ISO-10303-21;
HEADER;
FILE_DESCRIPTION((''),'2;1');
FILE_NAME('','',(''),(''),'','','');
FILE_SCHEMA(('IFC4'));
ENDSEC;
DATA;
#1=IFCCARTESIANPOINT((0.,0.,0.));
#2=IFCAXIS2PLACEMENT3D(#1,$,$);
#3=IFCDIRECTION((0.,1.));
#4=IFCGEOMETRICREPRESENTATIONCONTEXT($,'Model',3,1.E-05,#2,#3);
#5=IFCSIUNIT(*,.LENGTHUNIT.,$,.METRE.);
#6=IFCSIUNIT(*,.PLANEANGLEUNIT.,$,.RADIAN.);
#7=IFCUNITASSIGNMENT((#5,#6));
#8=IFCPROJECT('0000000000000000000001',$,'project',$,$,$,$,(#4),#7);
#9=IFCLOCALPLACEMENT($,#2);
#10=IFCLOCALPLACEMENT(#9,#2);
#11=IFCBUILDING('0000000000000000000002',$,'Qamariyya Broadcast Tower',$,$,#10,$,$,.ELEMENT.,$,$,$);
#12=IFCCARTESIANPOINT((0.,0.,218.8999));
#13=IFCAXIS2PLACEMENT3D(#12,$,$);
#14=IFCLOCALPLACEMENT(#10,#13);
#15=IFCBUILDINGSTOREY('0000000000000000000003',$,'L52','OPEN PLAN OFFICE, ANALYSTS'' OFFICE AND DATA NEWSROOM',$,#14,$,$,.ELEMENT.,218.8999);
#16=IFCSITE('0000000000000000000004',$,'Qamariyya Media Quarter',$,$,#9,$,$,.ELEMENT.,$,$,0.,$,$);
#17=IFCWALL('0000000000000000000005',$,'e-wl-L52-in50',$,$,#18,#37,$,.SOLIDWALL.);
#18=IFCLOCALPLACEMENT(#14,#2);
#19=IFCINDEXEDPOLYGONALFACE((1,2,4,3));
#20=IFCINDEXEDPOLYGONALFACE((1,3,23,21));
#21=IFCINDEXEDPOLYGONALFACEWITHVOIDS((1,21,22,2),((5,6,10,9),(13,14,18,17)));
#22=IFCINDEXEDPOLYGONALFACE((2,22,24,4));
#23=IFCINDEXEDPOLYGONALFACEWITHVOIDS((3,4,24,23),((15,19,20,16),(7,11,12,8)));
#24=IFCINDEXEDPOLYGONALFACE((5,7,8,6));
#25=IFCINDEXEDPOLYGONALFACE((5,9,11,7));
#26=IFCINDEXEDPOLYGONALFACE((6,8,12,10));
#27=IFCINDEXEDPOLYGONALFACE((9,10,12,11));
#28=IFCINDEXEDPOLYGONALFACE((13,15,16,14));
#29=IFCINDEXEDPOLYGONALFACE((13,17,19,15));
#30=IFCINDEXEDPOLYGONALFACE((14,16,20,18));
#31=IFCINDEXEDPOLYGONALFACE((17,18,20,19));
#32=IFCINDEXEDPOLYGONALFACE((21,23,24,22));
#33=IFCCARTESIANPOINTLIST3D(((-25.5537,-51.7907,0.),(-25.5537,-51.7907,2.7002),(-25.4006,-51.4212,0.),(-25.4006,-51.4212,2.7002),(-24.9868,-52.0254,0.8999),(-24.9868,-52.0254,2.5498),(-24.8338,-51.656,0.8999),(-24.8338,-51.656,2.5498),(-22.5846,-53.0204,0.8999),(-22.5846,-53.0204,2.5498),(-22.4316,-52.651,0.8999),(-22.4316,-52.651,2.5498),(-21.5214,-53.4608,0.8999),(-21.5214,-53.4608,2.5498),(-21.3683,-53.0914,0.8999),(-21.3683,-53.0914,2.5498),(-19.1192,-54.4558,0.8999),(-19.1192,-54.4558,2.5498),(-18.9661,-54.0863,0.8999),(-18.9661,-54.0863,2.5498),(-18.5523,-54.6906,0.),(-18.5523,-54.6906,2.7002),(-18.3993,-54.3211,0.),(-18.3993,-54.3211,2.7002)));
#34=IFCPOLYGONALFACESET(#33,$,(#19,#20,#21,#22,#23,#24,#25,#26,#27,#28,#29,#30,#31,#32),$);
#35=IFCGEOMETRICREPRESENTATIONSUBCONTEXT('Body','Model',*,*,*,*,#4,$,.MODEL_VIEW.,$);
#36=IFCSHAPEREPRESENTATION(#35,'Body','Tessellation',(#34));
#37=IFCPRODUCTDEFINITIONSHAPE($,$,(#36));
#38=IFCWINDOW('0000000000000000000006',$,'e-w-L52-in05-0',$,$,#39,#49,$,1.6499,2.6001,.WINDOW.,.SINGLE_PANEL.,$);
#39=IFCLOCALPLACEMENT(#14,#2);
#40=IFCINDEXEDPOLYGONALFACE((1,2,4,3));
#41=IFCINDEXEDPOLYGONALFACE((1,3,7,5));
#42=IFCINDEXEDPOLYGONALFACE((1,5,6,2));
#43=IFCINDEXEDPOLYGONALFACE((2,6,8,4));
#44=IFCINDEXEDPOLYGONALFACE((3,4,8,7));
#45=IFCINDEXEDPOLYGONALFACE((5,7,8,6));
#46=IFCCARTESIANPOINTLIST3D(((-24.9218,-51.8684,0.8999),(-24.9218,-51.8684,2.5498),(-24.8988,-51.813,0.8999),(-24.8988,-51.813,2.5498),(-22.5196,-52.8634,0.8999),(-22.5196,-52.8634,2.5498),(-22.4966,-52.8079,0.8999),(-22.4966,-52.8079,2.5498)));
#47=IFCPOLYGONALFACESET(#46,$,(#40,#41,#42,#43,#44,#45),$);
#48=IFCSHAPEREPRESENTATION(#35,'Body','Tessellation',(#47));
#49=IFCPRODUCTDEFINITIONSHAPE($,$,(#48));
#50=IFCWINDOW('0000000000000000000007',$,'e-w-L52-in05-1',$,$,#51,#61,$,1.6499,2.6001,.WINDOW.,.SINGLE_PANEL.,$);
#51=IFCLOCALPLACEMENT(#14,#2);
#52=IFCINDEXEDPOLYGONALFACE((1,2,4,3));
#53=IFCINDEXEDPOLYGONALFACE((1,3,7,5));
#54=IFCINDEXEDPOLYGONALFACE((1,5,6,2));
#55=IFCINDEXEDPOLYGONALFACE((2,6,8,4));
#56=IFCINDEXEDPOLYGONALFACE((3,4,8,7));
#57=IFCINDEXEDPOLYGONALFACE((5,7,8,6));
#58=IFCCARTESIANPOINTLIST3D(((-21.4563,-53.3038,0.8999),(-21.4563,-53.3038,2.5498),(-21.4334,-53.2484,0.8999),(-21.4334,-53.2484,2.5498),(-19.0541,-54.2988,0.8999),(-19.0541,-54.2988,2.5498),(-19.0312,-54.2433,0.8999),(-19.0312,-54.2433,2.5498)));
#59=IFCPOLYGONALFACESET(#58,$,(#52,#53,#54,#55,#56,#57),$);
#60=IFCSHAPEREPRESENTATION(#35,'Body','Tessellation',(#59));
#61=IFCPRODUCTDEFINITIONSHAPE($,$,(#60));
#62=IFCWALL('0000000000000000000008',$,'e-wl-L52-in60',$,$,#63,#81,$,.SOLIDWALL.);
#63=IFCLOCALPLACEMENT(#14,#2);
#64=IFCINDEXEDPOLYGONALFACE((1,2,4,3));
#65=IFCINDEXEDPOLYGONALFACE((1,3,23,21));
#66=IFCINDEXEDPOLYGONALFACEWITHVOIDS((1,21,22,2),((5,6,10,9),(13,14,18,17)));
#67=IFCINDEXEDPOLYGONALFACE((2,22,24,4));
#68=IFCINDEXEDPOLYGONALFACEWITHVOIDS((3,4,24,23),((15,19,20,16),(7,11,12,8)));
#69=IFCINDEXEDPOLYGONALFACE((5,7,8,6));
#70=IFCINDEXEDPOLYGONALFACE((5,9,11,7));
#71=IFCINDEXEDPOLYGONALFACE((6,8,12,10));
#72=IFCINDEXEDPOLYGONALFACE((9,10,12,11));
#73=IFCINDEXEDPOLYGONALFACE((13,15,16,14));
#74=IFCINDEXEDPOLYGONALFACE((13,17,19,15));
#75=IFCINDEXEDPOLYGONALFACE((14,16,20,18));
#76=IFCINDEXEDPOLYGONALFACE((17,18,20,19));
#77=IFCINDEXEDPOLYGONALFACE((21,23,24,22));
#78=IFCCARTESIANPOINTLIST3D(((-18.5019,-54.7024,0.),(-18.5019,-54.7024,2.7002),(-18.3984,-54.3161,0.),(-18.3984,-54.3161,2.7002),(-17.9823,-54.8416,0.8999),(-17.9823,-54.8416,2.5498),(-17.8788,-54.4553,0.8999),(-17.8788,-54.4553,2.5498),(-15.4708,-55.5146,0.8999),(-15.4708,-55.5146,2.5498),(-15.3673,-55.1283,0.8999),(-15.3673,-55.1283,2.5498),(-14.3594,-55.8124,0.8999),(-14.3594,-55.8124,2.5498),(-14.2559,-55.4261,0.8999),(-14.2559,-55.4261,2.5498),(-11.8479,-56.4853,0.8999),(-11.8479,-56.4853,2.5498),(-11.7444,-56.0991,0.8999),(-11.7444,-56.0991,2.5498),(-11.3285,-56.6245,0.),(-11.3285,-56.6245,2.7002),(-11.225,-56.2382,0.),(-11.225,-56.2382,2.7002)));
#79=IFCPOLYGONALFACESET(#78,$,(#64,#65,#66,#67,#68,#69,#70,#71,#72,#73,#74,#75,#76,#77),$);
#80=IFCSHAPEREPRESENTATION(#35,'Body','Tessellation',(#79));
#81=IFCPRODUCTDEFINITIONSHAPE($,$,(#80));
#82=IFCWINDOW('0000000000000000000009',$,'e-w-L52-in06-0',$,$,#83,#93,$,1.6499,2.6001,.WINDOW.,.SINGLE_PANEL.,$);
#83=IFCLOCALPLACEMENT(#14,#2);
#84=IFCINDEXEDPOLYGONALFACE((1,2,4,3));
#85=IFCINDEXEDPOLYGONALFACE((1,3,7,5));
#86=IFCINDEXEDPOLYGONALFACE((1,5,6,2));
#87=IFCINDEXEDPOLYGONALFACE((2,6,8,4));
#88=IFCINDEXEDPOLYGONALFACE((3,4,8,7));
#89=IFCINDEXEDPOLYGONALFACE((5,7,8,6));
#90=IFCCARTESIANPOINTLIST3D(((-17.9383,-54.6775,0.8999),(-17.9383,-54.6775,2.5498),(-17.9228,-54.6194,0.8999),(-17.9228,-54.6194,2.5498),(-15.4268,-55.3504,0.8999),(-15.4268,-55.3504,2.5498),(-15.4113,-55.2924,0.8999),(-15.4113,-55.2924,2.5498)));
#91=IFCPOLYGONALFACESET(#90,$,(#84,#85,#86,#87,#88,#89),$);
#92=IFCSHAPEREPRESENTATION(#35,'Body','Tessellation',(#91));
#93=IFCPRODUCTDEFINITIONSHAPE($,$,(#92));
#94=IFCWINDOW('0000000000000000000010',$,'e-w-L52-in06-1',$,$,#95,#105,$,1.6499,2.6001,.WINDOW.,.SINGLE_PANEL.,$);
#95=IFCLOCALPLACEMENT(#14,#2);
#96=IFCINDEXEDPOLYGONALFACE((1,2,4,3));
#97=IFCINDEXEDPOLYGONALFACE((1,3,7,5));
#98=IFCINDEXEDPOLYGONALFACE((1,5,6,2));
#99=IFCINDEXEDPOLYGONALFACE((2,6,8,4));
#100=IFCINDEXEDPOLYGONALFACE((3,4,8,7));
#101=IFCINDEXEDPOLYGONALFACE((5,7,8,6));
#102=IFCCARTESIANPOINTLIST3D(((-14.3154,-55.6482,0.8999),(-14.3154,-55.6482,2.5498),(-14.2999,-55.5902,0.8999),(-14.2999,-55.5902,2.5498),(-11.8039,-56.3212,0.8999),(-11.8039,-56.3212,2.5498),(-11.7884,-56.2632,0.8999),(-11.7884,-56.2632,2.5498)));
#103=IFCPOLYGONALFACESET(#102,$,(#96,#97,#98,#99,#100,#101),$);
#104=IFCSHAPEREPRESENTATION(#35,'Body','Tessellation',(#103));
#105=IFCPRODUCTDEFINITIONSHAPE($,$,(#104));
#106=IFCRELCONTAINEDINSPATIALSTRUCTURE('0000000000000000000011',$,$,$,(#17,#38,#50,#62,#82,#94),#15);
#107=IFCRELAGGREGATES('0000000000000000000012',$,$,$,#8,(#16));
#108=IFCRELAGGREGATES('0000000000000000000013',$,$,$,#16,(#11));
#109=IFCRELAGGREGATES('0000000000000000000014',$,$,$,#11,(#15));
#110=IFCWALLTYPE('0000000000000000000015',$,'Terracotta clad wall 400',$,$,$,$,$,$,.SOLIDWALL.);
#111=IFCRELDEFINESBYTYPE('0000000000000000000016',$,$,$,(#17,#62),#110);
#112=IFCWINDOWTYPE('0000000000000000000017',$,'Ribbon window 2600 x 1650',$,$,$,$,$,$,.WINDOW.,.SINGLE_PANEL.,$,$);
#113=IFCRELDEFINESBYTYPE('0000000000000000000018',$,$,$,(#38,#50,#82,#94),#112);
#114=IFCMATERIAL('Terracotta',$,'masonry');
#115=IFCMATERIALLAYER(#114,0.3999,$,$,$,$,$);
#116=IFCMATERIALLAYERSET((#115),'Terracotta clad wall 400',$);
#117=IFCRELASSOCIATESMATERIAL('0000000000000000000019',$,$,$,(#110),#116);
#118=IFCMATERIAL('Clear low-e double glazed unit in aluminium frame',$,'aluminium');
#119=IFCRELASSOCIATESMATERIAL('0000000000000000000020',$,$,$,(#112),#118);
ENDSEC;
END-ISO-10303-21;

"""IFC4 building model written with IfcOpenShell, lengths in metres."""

from ifc_helpers import new_model, si_unit, direction, frame, frame_2d, origin, place, context, subcontext, project, spatial, rectangle, extrude, material, layer, layer_set, type_object, element, fill, save


model = new_model("IFC4")

# Units and contexts
model_context = context("Model", 3, precision=1e-05, world=origin(), true_north=direction((0.0, 1.0)))
body_context = subcontext(model_context, "Body", "Model", "MODEL_VIEW")
ifc_project = project(units=[si_unit("LENGTHUNIT", "METRE"), si_unit("PLANEANGLEUNIT", "RADIAN")], contexts=[model_context])

# Site, building, storey
site_placement = place(None, origin())
site = spatial("IfcSite", under=ifc_project, at=site_placement, Name="Qamariyya Media Quarter", CompositionType="ELEMENT", RefElevation=0.0)
building_placement = place(site_placement, origin())
building = spatial("IfcBuilding", under=site, at=building_placement, Name="Qamariyya Broadcast Tower", CompositionType="ELEMENT")
storey_placement = place(building_placement, frame((0.0, 0.0, 218.8999)))
storey = spatial("IfcBuildingStorey", under=building, at=storey_placement, Name="L52", Description="OPEN PLAN OFFICE, ANALYSTS' OFFICE AND DATA NEWSROOM", CompositionType="ELEMENT", Elevation=218.8999)

# Walls, openings, windows
ifc_material_1 = material(Name="Terracotta", Category="masonry")
ifc_layer_1 = layer(ifc_material_1, 0.3999)
ifc_layer_set_1 = layer_set([ifc_layer_1], Name="Terracotta clad wall 400")
wall_type_1 = type_object("IfcWallType", Name="Terracotta clad wall 400", PredefinedType="SOLIDWALL", material=ifc_layer_set_1)
wall_1_placement = place(storey_placement, frame((-18.4758, -54.5059, 0.0), z_axis=(0.0, 0.0, 1.0), x_axis=(-0.923884, 0.382672, 0.0)))
wall_1 = element("IfcWall", 1, at=wall_1_placement, inside=storey, type_object=wall_type_1, Name="e-wl-L52-in50", PredefinedType="SOLIDWALL", context=body_context, shape_type="SweptSolid", body=[
    extrude(rectangle(XDim=7.5781, YDim=0.3999, at=frame_2d((3.7891, 0.0))), origin(), (0.0, 0.0, 1.0), 2.7002),
])
opening_1_placement = place(wall_1_placement, frame((4.3645, 0.0, 0.8999)))
opening_1 = element("IfcOpeningElement", 2, at=opening_1_placement, cuts=wall_1, PredefinedType="OPENING", context=body_context, shape_type="SweptSolid", body=[
    extrude(rectangle(XDim=2.6001, YDim=1.6499, at=frame_2d((1.3, 0.825))), frame((0.0, 0.21, 0.0), z_axis=(0.0, -1.0, 0.0), x_axis=(1.0, 0.0, 0.0)), (0.0, 0.0, 1.0), 0.4199),
])
opening_2_placement = place(wall_1_placement, frame((0.6135, 0.0, 0.8999)))
opening_2 = element("IfcOpeningElement", 3, at=opening_2_placement, cuts=wall_1, PredefinedType="OPENING", context=body_context, shape_type="SweptSolid", body=[
    extrude(rectangle(XDim=2.6001, YDim=1.6499, at=frame_2d((1.3, 0.825))), frame((0.0, 0.21, 0.0), z_axis=(0.0, -1.0, 0.0), x_axis=(1.0, 0.0, 0.0)), (0.0, 0.0, 1.0), 0.4199),
])
ifc_material_2 = material(Name="Clear low-e double glazed unit in aluminium frame", Category="aluminium")
window_type = type_object("IfcWindowType", Name="Ribbon window 2600 x 1650", PartitioningType="SINGLE_PANEL", PredefinedType="WINDOW", material=ifc_material_2)
window_1_placement = place(opening_1_placement, origin())
window_1 = element("IfcWindow", 4, at=window_1_placement, inside=storey, type_object=window_type, Name="e-w-L52-in05-0", OverallHeight=1.6499, OverallWidth=2.6001, PartitioningType="SINGLE_PANEL", PredefinedType="WINDOW", context=body_context, shape_type="SweptSolid", body=[
    extrude(rectangle(XDim=2.6001, YDim=1.6499, at=frame_2d((1.3, 0.825))), frame((0.0, 0.03, 0.0), z_axis=(0.0, -1.0, 0.0), x_axis=(1.0, 0.0, 0.0)), (0.0, 0.0, 1.0), 0.0601),
])
fill(opening_1, window_1)
window_2_placement = place(opening_2_placement, origin())
window_2 = element("IfcWindow", 5, at=window_2_placement, inside=storey, type_object=window_type, Name="e-w-L52-in05-1", OverallHeight=1.6499, OverallWidth=2.6001, PartitioningType="SINGLE_PANEL", PredefinedType="WINDOW", context=body_context, shape_type="SweptSolid", body=[
    extrude(rectangle(XDim=2.6001, YDim=1.6499, at=frame_2d((1.3, 0.825))), frame((0.0, 0.03, 0.0), z_axis=(0.0, -1.0, 0.0), x_axis=(1.0, 0.0, 0.0)), (0.0, 0.0, 1.0), 0.0601),
])
fill(opening_2, window_2)
wall_2_placement = place(storey_placement, frame((-11.2766, -56.4314, 0.0), z_axis=(0.0, 0.0, 1.0), x_axis=(-0.965925, 0.258823, 0.0)))
wall_2 = element("IfcWall", 6, at=wall_2_placement, inside=storey, type_object=wall_type_1, Name="e-wl-L52-in60", PredefinedType="SOLIDWALL", context=body_context, shape_type="SweptSolid", body=[
    extrude(rectangle(XDim=7.4265, YDim=0.3999, at=frame_2d((3.7134, 0.0))), origin(), (0.0, 0.0, 1.0), 2.7002),
])
opening_3_placement = place(wall_2_placement, frame((4.2886, 0.0, 0.8999)))
opening_3 = element("IfcOpeningElement", 7, at=opening_3_placement, cuts=wall_2, PredefinedType="OPENING", context=body_context, shape_type="SweptSolid", body=[
    extrude(rectangle(XDim=2.6001, YDim=1.6499, at=frame_2d((1.3, 0.825))), frame((0.0, 0.21, 0.0), z_axis=(0.0, -1.0, 0.0), x_axis=(1.0, 0.0, 0.0)), (0.0, 0.0, 1.0), 0.4199),
])
opening_4_placement = place(wall_2_placement, frame((0.5378, 0.0, 0.8999)))
opening_4 = element("IfcOpeningElement", 8, at=opening_4_placement, cuts=wall_2, PredefinedType="OPENING", context=body_context, shape_type="SweptSolid", body=[
    extrude(rectangle(XDim=2.6001, YDim=1.6499, at=frame_2d((1.3, 0.825))), frame((0.0, 0.21, 0.0), z_axis=(0.0, -1.0, 0.0), x_axis=(1.0, 0.0, 0.0)), (0.0, 0.0, 1.0), 0.4199),
])
window_3_placement = place(opening_3_placement, origin())
window_3 = element("IfcWindow", 9, at=window_3_placement, inside=storey, type_object=window_type, Name="e-w-L52-in06-0", OverallHeight=1.6499, OverallWidth=2.6001, PartitioningType="SINGLE_PANEL", PredefinedType="WINDOW", context=body_context, shape_type="SweptSolid", body=[
    extrude(rectangle(XDim=2.6001, YDim=1.6499, at=frame_2d((1.3, 0.825))), frame((0.0, 0.03, 0.0), z_axis=(0.0, -1.0, 0.0), x_axis=(1.0, 0.0, 0.0)), (0.0, 0.0, 1.0), 0.0601),
])
fill(opening_3, window_3)
window_4_placement = place(opening_4_placement, origin())
window_4 = element("IfcWindow", 10, at=window_4_placement, inside=storey, type_object=window_type, Name="e-w-L52-in06-1", OverallHeight=1.6499, OverallWidth=2.6001, PartitioningType="SINGLE_PANEL", PredefinedType="WINDOW", context=body_context, shape_type="SweptSolid", body=[
    extrude(rectangle(XDim=2.6001, YDim=1.6499, at=frame_2d((1.3, 0.825))), frame((0.0, 0.03, 0.0), z_axis=(0.0, -1.0, 0.0), x_axis=(1.0, 0.0, 0.0)), (0.0, 0.0, 1.0), 0.0601),
])
fill(opening_4, window_4)

save(model, "model.ifc")
